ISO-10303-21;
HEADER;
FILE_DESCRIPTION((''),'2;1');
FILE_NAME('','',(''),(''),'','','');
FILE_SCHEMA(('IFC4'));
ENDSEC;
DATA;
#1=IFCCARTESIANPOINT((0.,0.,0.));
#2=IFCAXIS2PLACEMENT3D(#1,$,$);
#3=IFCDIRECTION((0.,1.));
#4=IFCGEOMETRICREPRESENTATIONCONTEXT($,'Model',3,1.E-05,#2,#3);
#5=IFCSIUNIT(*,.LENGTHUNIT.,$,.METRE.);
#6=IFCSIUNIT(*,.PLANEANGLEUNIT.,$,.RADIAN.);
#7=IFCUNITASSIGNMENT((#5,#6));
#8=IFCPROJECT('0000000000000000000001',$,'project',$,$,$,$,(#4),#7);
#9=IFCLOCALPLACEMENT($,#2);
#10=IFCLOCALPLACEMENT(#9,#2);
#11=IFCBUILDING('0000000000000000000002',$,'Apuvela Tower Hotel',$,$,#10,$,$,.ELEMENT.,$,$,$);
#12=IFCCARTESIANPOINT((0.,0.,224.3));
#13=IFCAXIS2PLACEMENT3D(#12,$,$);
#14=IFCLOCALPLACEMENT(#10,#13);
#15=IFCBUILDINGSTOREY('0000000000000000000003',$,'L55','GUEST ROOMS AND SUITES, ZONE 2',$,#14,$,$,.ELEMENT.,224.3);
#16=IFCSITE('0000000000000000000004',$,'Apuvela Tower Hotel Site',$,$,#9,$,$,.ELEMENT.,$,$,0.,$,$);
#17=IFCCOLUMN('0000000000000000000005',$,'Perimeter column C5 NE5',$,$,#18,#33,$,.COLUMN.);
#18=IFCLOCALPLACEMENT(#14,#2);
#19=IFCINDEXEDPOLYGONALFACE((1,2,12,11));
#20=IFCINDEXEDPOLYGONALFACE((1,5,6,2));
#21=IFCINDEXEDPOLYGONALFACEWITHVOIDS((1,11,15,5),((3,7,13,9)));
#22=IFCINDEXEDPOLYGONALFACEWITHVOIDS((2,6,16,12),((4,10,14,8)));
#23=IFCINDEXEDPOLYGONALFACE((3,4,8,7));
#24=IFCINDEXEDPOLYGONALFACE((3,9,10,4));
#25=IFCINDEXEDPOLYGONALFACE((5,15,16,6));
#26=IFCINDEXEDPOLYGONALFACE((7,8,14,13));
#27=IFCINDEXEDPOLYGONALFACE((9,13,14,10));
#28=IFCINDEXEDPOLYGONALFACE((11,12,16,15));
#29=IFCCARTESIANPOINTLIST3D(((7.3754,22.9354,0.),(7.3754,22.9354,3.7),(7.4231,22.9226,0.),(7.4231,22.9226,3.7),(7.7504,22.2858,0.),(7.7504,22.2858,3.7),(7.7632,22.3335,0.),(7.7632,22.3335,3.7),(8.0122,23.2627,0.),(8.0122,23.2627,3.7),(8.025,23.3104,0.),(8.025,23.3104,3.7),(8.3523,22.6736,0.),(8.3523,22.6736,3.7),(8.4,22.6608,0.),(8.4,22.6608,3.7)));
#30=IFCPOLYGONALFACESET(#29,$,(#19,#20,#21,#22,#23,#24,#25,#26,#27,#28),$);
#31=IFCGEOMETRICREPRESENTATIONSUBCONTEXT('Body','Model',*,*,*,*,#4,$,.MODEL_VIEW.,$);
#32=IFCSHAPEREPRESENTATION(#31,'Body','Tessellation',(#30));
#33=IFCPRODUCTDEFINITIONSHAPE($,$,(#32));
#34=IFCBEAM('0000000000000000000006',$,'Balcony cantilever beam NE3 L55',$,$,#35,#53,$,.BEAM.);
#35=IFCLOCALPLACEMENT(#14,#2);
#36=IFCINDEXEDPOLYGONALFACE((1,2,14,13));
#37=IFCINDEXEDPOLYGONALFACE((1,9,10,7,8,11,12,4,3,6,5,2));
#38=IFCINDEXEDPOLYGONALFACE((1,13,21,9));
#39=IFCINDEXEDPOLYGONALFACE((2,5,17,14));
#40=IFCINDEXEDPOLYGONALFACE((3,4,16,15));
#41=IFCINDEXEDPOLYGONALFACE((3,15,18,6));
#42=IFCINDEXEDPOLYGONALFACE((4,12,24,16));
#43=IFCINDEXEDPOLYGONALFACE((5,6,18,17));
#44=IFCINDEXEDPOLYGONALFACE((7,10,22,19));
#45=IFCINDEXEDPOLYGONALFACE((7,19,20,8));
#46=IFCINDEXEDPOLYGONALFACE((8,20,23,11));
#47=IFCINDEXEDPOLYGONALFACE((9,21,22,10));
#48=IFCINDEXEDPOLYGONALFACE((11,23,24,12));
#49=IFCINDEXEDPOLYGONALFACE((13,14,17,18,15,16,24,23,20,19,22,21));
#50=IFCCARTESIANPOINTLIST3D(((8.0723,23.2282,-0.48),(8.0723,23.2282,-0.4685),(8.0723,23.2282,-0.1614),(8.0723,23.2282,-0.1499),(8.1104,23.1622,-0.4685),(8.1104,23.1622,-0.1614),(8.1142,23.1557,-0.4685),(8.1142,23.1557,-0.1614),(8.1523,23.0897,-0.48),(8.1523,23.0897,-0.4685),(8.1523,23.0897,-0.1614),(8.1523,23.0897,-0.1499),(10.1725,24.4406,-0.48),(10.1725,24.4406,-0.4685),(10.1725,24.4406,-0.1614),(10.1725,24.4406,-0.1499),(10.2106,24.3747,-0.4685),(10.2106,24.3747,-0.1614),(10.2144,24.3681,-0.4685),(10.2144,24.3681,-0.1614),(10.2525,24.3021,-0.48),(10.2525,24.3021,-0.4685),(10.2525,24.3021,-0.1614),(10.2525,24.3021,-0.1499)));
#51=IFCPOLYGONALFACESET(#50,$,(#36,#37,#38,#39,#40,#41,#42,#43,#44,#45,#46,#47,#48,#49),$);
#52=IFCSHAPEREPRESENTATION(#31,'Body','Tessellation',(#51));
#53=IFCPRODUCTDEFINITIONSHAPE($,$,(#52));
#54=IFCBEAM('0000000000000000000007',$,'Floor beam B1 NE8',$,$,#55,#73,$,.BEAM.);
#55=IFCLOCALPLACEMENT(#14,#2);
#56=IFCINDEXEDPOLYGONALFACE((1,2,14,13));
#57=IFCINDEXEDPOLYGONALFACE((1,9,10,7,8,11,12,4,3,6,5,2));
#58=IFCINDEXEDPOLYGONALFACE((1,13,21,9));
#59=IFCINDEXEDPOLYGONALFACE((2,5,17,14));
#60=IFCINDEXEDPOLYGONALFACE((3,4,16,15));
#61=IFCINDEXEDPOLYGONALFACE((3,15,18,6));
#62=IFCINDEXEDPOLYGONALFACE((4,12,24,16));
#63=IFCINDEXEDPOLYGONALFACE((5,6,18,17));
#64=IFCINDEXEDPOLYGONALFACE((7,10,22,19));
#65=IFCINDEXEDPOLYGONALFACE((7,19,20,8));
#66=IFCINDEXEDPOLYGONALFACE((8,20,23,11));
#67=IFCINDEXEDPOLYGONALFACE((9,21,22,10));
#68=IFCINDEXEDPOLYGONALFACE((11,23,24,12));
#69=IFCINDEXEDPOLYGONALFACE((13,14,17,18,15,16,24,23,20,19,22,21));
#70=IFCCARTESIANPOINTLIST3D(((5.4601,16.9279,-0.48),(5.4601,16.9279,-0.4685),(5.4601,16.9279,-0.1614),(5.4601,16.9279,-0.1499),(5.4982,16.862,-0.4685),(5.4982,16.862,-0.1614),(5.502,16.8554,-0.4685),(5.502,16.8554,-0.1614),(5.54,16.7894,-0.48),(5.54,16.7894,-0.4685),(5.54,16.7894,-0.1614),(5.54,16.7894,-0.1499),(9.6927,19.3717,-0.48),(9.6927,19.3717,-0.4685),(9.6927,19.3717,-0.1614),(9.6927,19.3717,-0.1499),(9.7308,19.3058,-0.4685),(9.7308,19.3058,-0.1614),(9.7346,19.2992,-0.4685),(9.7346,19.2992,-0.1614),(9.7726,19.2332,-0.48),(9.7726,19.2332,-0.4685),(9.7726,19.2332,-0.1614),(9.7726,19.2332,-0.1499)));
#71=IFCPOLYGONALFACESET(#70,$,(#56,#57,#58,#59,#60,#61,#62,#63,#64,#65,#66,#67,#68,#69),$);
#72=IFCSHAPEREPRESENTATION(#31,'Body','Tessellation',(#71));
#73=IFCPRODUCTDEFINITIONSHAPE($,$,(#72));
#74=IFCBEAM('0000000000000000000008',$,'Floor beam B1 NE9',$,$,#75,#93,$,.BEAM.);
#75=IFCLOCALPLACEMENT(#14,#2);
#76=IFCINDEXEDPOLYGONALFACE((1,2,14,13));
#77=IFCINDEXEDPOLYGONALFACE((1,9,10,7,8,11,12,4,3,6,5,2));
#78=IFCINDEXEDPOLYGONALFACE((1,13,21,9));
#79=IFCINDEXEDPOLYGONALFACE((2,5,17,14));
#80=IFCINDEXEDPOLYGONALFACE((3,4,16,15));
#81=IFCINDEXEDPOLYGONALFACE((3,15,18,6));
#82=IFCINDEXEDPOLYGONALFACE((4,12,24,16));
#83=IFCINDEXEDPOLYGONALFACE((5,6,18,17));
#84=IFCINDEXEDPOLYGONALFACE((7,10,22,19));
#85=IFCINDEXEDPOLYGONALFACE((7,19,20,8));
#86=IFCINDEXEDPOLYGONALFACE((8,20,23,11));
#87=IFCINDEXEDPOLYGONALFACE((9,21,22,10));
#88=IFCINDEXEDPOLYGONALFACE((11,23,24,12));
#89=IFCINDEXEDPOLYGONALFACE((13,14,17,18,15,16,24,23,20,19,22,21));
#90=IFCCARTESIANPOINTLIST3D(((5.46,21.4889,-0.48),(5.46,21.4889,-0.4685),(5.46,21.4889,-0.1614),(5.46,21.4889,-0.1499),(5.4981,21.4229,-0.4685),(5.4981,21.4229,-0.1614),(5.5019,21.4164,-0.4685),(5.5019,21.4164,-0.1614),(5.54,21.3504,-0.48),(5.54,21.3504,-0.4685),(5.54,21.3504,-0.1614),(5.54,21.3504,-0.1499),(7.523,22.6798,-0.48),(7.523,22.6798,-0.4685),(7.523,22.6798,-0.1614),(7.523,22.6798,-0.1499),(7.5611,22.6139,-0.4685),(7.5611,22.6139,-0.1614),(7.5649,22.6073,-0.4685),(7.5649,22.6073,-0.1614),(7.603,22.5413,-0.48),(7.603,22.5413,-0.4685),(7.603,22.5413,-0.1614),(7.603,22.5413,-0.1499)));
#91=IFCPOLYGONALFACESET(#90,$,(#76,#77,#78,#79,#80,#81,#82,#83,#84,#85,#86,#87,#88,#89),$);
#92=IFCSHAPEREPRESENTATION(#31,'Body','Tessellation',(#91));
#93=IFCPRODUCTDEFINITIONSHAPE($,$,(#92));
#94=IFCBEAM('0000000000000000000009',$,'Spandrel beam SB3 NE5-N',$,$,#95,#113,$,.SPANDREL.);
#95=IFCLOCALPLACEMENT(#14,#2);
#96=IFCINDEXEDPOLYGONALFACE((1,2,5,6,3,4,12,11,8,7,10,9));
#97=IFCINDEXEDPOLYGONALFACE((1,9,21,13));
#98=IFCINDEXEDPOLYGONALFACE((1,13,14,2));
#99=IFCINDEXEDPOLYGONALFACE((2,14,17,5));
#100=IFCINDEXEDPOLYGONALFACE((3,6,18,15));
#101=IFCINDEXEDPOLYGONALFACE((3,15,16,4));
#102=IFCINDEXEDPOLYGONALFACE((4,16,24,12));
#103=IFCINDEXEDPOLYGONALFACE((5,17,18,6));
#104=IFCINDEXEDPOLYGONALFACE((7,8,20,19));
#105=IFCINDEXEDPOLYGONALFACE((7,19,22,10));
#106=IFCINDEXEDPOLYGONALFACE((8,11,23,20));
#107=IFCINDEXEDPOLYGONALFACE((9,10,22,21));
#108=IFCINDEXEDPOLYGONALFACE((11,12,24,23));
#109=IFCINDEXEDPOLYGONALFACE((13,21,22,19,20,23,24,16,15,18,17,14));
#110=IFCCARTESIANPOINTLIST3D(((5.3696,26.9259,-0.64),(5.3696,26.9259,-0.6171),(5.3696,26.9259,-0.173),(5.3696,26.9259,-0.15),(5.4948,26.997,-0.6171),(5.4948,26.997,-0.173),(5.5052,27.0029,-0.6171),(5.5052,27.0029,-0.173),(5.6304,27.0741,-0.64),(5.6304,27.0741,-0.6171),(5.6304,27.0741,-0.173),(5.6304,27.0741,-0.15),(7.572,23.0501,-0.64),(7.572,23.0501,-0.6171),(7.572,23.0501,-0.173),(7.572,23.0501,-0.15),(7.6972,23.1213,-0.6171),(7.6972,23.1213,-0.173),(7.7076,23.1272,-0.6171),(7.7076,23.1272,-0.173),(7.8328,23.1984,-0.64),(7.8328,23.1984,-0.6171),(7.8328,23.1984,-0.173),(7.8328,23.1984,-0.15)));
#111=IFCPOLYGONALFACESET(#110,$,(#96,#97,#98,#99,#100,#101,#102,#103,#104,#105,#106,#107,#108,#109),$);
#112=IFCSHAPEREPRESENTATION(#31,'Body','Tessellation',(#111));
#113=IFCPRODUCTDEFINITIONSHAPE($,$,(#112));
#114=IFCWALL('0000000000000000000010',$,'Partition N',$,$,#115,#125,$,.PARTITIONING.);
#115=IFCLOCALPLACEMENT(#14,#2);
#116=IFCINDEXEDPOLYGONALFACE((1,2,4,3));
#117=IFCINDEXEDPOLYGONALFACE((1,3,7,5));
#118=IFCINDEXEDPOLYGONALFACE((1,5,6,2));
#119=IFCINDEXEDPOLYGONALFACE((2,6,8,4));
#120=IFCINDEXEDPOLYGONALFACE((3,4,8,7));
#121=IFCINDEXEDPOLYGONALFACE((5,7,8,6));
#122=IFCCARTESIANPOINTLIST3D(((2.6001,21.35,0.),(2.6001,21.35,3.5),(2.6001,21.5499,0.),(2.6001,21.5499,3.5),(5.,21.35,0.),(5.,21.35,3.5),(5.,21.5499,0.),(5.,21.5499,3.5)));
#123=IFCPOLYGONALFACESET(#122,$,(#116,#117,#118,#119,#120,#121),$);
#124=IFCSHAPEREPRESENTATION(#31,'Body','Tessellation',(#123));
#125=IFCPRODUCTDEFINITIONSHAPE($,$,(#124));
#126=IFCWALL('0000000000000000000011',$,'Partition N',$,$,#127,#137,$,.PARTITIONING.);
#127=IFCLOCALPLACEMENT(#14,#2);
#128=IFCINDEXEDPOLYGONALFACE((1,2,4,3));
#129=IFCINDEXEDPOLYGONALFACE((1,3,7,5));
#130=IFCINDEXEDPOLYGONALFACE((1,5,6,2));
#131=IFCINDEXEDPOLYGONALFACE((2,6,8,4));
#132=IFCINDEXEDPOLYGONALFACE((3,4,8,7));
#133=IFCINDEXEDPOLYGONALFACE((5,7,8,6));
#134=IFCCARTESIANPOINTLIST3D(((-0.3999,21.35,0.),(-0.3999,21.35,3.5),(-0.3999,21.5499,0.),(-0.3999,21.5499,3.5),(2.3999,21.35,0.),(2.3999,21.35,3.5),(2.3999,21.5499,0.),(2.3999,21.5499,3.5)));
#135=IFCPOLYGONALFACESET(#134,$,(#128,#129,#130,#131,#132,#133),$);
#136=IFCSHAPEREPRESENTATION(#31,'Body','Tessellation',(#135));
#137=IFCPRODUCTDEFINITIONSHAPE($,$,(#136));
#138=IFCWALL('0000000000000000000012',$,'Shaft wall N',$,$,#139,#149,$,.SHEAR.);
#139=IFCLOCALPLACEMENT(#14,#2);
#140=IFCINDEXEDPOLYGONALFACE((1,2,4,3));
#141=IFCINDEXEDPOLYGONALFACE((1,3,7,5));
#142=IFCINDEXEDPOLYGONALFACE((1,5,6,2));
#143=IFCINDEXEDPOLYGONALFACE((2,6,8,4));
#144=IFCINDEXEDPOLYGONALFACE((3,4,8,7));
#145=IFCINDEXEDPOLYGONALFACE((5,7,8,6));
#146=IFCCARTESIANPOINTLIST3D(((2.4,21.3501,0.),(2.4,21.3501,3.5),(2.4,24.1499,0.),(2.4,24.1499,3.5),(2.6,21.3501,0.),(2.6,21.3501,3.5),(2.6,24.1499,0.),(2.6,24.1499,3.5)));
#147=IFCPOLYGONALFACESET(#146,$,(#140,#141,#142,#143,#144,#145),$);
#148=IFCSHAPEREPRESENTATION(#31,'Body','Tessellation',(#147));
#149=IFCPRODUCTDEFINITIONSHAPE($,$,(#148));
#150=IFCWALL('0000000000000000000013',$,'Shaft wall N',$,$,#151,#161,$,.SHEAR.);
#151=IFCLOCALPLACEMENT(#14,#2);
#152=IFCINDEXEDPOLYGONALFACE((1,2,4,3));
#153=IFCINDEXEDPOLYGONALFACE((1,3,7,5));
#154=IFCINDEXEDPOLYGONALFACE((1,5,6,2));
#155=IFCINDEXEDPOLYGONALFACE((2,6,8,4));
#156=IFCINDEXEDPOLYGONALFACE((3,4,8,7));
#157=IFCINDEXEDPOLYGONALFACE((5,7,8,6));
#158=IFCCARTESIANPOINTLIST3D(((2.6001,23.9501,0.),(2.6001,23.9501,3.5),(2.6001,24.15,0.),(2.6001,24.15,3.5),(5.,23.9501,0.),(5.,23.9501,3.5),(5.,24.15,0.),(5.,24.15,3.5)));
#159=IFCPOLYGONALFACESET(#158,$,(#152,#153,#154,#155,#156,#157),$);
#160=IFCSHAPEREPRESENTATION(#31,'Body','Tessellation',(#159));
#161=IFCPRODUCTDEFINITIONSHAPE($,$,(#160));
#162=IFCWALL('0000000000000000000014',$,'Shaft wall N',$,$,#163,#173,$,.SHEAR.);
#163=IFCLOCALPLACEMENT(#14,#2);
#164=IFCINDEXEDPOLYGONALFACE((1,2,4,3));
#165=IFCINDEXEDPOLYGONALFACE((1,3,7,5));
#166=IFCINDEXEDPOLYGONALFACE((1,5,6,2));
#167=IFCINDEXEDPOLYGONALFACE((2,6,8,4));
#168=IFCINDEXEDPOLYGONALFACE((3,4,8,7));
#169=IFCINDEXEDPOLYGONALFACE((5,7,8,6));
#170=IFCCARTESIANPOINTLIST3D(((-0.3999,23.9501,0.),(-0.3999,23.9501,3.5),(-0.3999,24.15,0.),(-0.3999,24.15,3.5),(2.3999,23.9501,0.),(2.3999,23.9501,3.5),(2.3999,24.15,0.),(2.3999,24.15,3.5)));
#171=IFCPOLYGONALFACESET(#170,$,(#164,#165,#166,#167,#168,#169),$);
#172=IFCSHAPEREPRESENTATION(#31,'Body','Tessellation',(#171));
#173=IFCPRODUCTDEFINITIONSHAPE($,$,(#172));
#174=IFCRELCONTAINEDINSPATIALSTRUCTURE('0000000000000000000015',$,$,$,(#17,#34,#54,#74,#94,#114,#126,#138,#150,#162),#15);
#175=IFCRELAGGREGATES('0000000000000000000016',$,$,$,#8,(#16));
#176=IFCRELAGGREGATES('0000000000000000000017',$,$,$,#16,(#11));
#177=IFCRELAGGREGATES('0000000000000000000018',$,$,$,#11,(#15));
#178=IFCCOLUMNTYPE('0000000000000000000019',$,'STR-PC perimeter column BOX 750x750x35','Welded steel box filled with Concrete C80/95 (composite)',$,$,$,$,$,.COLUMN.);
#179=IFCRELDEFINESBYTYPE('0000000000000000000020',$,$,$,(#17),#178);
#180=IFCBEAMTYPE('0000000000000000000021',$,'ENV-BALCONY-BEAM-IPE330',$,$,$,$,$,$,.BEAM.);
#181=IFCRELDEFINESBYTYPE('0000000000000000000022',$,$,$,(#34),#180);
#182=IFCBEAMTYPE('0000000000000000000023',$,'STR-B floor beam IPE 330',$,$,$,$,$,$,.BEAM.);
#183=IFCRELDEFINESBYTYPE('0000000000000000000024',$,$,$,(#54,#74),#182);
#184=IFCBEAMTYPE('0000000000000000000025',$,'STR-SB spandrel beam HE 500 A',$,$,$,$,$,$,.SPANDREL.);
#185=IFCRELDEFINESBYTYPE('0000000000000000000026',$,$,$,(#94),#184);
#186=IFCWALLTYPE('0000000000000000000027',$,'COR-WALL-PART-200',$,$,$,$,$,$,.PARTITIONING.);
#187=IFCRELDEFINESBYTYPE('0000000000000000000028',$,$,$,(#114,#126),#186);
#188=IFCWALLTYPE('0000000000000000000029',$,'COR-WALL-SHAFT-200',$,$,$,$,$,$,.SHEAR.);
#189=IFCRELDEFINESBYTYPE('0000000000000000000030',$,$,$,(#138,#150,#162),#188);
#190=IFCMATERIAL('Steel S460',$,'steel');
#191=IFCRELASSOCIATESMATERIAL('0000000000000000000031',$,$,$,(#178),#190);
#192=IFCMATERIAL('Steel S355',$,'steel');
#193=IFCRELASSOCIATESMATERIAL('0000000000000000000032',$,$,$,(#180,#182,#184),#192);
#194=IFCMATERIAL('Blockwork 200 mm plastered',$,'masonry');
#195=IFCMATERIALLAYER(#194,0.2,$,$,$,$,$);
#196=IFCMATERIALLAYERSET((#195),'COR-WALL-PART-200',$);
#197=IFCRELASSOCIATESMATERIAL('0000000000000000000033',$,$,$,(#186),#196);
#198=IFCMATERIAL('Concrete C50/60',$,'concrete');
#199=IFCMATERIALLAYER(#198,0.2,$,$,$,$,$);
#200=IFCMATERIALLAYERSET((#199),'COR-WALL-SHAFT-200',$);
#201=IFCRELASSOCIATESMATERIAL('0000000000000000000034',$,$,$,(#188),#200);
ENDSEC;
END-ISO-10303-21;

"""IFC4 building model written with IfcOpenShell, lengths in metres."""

from ifc_helpers import new_model, si_unit, direction, frame, frame_2d, origin, origin_2d, place, context, subcontext, project, spatial, rectangle, hollow_rectangle, i_section, extrude, material, layer, layer_set, material_profile, profile_set, type_object, element, save


model = new_model("IFC4")

# Units and contexts
model_context = context("Model", 3, precision=1e-05, world=origin(), true_north=direction((0.0, 1.0)))
body_context = subcontext(model_context, "Body", "Model", "MODEL_VIEW")
ifc_project = project(units=[si_unit("LENGTHUNIT", "METRE"), si_unit("PLANEANGLEUNIT", "RADIAN")], contexts=[model_context])

# Site, building, storey
site_placement = place(None, origin())
site = spatial("IfcSite", under=ifc_project, at=site_placement, Name="Apuvela Tower Hotel Site", CompositionType="ELEMENT", RefElevation=0.0)
building_placement = place(site_placement, origin())
building = spatial("IfcBuilding", under=site, at=building_placement, Name="Apuvela Tower Hotel", CompositionType="ELEMENT")
storey_placement = place(building_placement, frame((0.0, 0.0, 224.3)))
storey = spatial("IfcBuildingStorey", under=building, at=storey_placement, Name="L55", Description="GUEST ROOMS AND SUITES, ZONE 2", CompositionType="ELEMENT", Elevation=224.3)

# Column
ifc_material_1 = material(Name="Steel S460", Category="steel")
ifc_material_profile_1 = material_profile(ifc_material_1, hollow_rectangle(XDim=0.75, YDim=0.75, WallThickness=0.0349, at=origin_2d()), Name="BOX 750x750x35")
ifc_material_2 = material(Name="Concrete C80/95", Category="concrete")
ifc_material_profile_2 = material_profile(ifc_material_2, rectangle(XDim=0.6799, YDim=0.6799, at=origin_2d()), Name="Concrete C80/95 infill")
ifc_profile_set_1 = profile_set([ifc_material_profile_1, ifc_material_profile_2], Name="Steel S460")
column_type = type_object("IfcColumnType", Name="STR-PC perimeter column BOX 750x750x35", Description="Welded steel box filled with Concrete C80/95 (composite)", PredefinedType="COLUMN", material=ifc_profile_set_1)
column_placement = place(storey_placement, frame((7.8877, 22.7981, 0.0), z_axis=(0.0, 0.0, 1.0), x_axis=(-0.5, 0.866025, 0.0)))
element("IfcColumn", 1, at=column_placement, inside=storey, type_object=column_type, Name="Perimeter column C5 NE5", PredefinedType="COLUMN", context=body_context, shape_type="SweptSolid", body=[
    extrude(hollow_rectangle(XDim=0.75, YDim=0.75, WallThickness=0.0349, at=origin_2d()), origin(), (0.0, 0.0, 1.0), 3.7),
])

# Beams
ifc_material_3 = material(Name="Steel S355", Category="steel")
ifc_material_profile_3 = material_profile(ifc_material_3, i_section(OverallWidth=0.1599, OverallDepth=0.3301, WebThickness=0.0076, FlangeThickness=0.0115, at=origin_2d()), Name="IPE 330")
ifc_profile_set_2 = profile_set([ifc_material_profile_3], Name="Steel S355")
beam_type_1 = type_object("IfcBeamType", Name="ENV-BALCONY-BEAM-IPE330", PredefinedType="BEAM", material=ifc_profile_set_2)
beam_1_placement = place(storey_placement, frame((8.1123, 23.1589, -0.3149), z_axis=(0.866041, 0.499972, 0.0), x_axis=(-0.499972, 0.866041, 0.0)))
element("IfcBeam", 2, at=beam_1_placement, inside=storey, type_object=beam_type_1, Name="Balcony cantilever beam NE3 L55", PredefinedType="BEAM", context=body_context, shape_type="SweptSolid", body=[
    extrude(i_section(OverallWidth=0.1599, OverallDepth=0.3301, WebThickness=0.0076, FlangeThickness=0.0115, at=origin_2d()), origin(), (0.0, 0.0, 1.0), 2.425),
])
ifc_material_profile_4 = material_profile(ifc_material_3, i_section(OverallWidth=0.1599, OverallDepth=0.3301, WebThickness=0.0076, FlangeThickness=0.0115, at=origin_2d()), Name="IPE 330")
ifc_profile_set_3 = profile_set([ifc_material_profile_4], Name="Steel S355")
beam_type_2 = type_object("IfcBeamType", Name="STR-B floor beam IPE 330", PredefinedType="BEAM", material=ifc_profile_set_3)
beam_2_placement = place(storey_placement, frame((9.7327, 19.3025, -0.3149), z_axis=(-0.866015, -0.500018, 0.0), x_axis=(0.500018, -0.866015, 0.0)))
element("IfcBeam", 3, at=beam_2_placement, inside=storey, type_object=beam_type_2, Name="Floor beam B1 NE8", PredefinedType="BEAM", context=body_context, shape_type="SweptSolid", body=[
    extrude(i_section(OverallWidth=0.1599, OverallDepth=0.3301, WebThickness=0.0076, FlangeThickness=0.0115, at=origin_2d()), origin(), (0.0, 0.0, 1.0), 4.8875),
])
beam_3_placement = place(storey_placement, frame((7.563, 22.6106, -0.3149), z_axis=(-0.866052, -0.499953, 0.0), x_axis=(0.499953, -0.866052, 0.0)))
element("IfcBeam", 4, at=beam_3_placement, inside=storey, type_object=beam_type_2, Name="Floor beam B1 NE9", PredefinedType="BEAM", context=body_context, shape_type="SweptSolid", body=[
    extrude(i_section(OverallWidth=0.1599, OverallDepth=0.3301, WebThickness=0.0076, FlangeThickness=0.0115, at=origin_2d()), origin(), (0.0, 0.0, 1.0), 2.3821),
])
ifc_material_profile_5 = material_profile(ifc_material_3, i_section(OverallWidth=0.3, OverallDepth=0.49, WebThickness=0.012, FlangeThickness=0.0229, at=origin_2d()), Name="HE 500 A")
ifc_profile_set_4 = profile_set([ifc_material_profile_5], Name="Steel S355")
beam_type_3 = type_object("IfcBeamType", Name="STR-SB spandrel beam HE 500 A", PredefinedType="SPANDREL", material=ifc_profile_set_4)
beam_4_placement = place(storey_placement, frame((7.7024, 23.1243, -0.395), z_axis=(-0.494056, 0.86943, 0.0), x_axis=(-0.86943, -0.494056, 0.0)))
element("IfcBeam", 5, at=beam_4_placement, inside=storey, type_object=beam_type_3, Name="Spandrel beam SB3 NE5-N", PredefinedType="SPANDREL", context=body_context, shape_type="SweptSolid", body=[
    extrude(i_section(OverallWidth=0.3, OverallDepth=0.49, WebThickness=0.012, FlangeThickness=0.0229, at=origin_2d()), origin(), (0.0, 0.0, 1.0), 4.4578),
])

# Walls
ifc_material_4 = material(Name="Blockwork 200 mm plastered", Category="masonry")
ifc_layer_1 = layer(ifc_material_4, 0.2)
ifc_layer_set_1 = layer_set([ifc_layer_1], Name="COR-WALL-PART-200")
wall_type_1 = type_object("IfcWallType", Name="COR-WALL-PART-200", PredefinedType="PARTITIONING", material=ifc_layer_set_1)
wall_1_placement = place(storey_placement, frame((5.0, 21.45, 0.0), z_axis=(0.0, 0.0, 1.0), x_axis=(-1.0, 0.0, 0.0)))
element("IfcWall", 6, at=wall_1_placement, inside=storey, type_object=wall_type_1, Name="Partition N", PredefinedType="PARTITIONING", context=body_context, shape_type="SweptSolid", body=[
    extrude(rectangle(XDim=2.3999, YDim=0.2, at=frame_2d((1.2, 0.0))), origin(), (0.0, 0.0, 1.0), 3.5),
])
wall_2_placement = place(storey_placement, frame((2.3999, 21.45, 0.0), z_axis=(0.0, 0.0, 1.0), x_axis=(-1.0, 0.0, 0.0)))
element("IfcWall", 7, at=wall_2_placement, inside=storey, type_object=wall_type_1, Name="Partition N", PredefinedType="PARTITIONING", context=body_context, shape_type="SweptSolid", body=[
    extrude(rectangle(XDim=2.7998, YDim=0.2, at=frame_2d((1.3999, 0.0))), origin(), (0.0, 0.0, 1.0), 3.5),
])
ifc_material_5 = material(Name="Concrete C50/60", Category="concrete")
ifc_layer_2 = layer(ifc_material_5, 0.2)
ifc_layer_set_2 = layer_set([ifc_layer_2], Name="COR-WALL-SHAFT-200")
wall_type_2 = type_object("IfcWallType", Name="COR-WALL-SHAFT-200", PredefinedType="SHEAR", material=ifc_layer_set_2)
wall_3_placement = place(storey_placement, frame((2.5, 21.3501, 0.0), z_axis=(0.0, 0.0, 1.0), x_axis=(0.0, 1.0, 0.0)))
element("IfcWall", 8, at=wall_3_placement, inside=storey, type_object=wall_type_2, Name="Shaft wall N", PredefinedType="SHEAR", context=body_context, shape_type="SweptSolid", body=[
    extrude(rectangle(XDim=2.7998, YDim=0.2, at=frame_2d((1.3999, 0.0))), origin(), (0.0, 0.0, 1.0), 3.5),
])
wall_4_placement = place(storey_placement, frame((5.0, 24.05, 0.0), z_axis=(0.0, 0.0, 1.0), x_axis=(-1.0, 0.0, 0.0)))
element("IfcWall", 9, at=wall_4_placement, inside=storey, type_object=wall_type_2, Name="Shaft wall N", PredefinedType="SHEAR", context=body_context, shape_type="SweptSolid", body=[
    extrude(rectangle(XDim=2.3999, YDim=0.2, at=frame_2d((1.2, 0.0))), origin(), (0.0, 0.0, 1.0), 3.5),
])
wall_5_placement = place(storey_placement, frame((2.3999, 24.05, 0.0), z_axis=(0.0, 0.0, 1.0), x_axis=(-1.0, 0.0, 0.0)))
element("IfcWall", 10, at=wall_5_placement, inside=storey, type_object=wall_type_2, Name="Shaft wall N", PredefinedType="SHEAR", context=body_context, shape_type="SweptSolid", body=[
    extrude(rectangle(XDim=2.7998, YDim=0.2, at=frame_2d((1.3999, 0.0))), origin(), (0.0, 0.0, 1.0), 3.5),
])

save(model, "model.ifc")
